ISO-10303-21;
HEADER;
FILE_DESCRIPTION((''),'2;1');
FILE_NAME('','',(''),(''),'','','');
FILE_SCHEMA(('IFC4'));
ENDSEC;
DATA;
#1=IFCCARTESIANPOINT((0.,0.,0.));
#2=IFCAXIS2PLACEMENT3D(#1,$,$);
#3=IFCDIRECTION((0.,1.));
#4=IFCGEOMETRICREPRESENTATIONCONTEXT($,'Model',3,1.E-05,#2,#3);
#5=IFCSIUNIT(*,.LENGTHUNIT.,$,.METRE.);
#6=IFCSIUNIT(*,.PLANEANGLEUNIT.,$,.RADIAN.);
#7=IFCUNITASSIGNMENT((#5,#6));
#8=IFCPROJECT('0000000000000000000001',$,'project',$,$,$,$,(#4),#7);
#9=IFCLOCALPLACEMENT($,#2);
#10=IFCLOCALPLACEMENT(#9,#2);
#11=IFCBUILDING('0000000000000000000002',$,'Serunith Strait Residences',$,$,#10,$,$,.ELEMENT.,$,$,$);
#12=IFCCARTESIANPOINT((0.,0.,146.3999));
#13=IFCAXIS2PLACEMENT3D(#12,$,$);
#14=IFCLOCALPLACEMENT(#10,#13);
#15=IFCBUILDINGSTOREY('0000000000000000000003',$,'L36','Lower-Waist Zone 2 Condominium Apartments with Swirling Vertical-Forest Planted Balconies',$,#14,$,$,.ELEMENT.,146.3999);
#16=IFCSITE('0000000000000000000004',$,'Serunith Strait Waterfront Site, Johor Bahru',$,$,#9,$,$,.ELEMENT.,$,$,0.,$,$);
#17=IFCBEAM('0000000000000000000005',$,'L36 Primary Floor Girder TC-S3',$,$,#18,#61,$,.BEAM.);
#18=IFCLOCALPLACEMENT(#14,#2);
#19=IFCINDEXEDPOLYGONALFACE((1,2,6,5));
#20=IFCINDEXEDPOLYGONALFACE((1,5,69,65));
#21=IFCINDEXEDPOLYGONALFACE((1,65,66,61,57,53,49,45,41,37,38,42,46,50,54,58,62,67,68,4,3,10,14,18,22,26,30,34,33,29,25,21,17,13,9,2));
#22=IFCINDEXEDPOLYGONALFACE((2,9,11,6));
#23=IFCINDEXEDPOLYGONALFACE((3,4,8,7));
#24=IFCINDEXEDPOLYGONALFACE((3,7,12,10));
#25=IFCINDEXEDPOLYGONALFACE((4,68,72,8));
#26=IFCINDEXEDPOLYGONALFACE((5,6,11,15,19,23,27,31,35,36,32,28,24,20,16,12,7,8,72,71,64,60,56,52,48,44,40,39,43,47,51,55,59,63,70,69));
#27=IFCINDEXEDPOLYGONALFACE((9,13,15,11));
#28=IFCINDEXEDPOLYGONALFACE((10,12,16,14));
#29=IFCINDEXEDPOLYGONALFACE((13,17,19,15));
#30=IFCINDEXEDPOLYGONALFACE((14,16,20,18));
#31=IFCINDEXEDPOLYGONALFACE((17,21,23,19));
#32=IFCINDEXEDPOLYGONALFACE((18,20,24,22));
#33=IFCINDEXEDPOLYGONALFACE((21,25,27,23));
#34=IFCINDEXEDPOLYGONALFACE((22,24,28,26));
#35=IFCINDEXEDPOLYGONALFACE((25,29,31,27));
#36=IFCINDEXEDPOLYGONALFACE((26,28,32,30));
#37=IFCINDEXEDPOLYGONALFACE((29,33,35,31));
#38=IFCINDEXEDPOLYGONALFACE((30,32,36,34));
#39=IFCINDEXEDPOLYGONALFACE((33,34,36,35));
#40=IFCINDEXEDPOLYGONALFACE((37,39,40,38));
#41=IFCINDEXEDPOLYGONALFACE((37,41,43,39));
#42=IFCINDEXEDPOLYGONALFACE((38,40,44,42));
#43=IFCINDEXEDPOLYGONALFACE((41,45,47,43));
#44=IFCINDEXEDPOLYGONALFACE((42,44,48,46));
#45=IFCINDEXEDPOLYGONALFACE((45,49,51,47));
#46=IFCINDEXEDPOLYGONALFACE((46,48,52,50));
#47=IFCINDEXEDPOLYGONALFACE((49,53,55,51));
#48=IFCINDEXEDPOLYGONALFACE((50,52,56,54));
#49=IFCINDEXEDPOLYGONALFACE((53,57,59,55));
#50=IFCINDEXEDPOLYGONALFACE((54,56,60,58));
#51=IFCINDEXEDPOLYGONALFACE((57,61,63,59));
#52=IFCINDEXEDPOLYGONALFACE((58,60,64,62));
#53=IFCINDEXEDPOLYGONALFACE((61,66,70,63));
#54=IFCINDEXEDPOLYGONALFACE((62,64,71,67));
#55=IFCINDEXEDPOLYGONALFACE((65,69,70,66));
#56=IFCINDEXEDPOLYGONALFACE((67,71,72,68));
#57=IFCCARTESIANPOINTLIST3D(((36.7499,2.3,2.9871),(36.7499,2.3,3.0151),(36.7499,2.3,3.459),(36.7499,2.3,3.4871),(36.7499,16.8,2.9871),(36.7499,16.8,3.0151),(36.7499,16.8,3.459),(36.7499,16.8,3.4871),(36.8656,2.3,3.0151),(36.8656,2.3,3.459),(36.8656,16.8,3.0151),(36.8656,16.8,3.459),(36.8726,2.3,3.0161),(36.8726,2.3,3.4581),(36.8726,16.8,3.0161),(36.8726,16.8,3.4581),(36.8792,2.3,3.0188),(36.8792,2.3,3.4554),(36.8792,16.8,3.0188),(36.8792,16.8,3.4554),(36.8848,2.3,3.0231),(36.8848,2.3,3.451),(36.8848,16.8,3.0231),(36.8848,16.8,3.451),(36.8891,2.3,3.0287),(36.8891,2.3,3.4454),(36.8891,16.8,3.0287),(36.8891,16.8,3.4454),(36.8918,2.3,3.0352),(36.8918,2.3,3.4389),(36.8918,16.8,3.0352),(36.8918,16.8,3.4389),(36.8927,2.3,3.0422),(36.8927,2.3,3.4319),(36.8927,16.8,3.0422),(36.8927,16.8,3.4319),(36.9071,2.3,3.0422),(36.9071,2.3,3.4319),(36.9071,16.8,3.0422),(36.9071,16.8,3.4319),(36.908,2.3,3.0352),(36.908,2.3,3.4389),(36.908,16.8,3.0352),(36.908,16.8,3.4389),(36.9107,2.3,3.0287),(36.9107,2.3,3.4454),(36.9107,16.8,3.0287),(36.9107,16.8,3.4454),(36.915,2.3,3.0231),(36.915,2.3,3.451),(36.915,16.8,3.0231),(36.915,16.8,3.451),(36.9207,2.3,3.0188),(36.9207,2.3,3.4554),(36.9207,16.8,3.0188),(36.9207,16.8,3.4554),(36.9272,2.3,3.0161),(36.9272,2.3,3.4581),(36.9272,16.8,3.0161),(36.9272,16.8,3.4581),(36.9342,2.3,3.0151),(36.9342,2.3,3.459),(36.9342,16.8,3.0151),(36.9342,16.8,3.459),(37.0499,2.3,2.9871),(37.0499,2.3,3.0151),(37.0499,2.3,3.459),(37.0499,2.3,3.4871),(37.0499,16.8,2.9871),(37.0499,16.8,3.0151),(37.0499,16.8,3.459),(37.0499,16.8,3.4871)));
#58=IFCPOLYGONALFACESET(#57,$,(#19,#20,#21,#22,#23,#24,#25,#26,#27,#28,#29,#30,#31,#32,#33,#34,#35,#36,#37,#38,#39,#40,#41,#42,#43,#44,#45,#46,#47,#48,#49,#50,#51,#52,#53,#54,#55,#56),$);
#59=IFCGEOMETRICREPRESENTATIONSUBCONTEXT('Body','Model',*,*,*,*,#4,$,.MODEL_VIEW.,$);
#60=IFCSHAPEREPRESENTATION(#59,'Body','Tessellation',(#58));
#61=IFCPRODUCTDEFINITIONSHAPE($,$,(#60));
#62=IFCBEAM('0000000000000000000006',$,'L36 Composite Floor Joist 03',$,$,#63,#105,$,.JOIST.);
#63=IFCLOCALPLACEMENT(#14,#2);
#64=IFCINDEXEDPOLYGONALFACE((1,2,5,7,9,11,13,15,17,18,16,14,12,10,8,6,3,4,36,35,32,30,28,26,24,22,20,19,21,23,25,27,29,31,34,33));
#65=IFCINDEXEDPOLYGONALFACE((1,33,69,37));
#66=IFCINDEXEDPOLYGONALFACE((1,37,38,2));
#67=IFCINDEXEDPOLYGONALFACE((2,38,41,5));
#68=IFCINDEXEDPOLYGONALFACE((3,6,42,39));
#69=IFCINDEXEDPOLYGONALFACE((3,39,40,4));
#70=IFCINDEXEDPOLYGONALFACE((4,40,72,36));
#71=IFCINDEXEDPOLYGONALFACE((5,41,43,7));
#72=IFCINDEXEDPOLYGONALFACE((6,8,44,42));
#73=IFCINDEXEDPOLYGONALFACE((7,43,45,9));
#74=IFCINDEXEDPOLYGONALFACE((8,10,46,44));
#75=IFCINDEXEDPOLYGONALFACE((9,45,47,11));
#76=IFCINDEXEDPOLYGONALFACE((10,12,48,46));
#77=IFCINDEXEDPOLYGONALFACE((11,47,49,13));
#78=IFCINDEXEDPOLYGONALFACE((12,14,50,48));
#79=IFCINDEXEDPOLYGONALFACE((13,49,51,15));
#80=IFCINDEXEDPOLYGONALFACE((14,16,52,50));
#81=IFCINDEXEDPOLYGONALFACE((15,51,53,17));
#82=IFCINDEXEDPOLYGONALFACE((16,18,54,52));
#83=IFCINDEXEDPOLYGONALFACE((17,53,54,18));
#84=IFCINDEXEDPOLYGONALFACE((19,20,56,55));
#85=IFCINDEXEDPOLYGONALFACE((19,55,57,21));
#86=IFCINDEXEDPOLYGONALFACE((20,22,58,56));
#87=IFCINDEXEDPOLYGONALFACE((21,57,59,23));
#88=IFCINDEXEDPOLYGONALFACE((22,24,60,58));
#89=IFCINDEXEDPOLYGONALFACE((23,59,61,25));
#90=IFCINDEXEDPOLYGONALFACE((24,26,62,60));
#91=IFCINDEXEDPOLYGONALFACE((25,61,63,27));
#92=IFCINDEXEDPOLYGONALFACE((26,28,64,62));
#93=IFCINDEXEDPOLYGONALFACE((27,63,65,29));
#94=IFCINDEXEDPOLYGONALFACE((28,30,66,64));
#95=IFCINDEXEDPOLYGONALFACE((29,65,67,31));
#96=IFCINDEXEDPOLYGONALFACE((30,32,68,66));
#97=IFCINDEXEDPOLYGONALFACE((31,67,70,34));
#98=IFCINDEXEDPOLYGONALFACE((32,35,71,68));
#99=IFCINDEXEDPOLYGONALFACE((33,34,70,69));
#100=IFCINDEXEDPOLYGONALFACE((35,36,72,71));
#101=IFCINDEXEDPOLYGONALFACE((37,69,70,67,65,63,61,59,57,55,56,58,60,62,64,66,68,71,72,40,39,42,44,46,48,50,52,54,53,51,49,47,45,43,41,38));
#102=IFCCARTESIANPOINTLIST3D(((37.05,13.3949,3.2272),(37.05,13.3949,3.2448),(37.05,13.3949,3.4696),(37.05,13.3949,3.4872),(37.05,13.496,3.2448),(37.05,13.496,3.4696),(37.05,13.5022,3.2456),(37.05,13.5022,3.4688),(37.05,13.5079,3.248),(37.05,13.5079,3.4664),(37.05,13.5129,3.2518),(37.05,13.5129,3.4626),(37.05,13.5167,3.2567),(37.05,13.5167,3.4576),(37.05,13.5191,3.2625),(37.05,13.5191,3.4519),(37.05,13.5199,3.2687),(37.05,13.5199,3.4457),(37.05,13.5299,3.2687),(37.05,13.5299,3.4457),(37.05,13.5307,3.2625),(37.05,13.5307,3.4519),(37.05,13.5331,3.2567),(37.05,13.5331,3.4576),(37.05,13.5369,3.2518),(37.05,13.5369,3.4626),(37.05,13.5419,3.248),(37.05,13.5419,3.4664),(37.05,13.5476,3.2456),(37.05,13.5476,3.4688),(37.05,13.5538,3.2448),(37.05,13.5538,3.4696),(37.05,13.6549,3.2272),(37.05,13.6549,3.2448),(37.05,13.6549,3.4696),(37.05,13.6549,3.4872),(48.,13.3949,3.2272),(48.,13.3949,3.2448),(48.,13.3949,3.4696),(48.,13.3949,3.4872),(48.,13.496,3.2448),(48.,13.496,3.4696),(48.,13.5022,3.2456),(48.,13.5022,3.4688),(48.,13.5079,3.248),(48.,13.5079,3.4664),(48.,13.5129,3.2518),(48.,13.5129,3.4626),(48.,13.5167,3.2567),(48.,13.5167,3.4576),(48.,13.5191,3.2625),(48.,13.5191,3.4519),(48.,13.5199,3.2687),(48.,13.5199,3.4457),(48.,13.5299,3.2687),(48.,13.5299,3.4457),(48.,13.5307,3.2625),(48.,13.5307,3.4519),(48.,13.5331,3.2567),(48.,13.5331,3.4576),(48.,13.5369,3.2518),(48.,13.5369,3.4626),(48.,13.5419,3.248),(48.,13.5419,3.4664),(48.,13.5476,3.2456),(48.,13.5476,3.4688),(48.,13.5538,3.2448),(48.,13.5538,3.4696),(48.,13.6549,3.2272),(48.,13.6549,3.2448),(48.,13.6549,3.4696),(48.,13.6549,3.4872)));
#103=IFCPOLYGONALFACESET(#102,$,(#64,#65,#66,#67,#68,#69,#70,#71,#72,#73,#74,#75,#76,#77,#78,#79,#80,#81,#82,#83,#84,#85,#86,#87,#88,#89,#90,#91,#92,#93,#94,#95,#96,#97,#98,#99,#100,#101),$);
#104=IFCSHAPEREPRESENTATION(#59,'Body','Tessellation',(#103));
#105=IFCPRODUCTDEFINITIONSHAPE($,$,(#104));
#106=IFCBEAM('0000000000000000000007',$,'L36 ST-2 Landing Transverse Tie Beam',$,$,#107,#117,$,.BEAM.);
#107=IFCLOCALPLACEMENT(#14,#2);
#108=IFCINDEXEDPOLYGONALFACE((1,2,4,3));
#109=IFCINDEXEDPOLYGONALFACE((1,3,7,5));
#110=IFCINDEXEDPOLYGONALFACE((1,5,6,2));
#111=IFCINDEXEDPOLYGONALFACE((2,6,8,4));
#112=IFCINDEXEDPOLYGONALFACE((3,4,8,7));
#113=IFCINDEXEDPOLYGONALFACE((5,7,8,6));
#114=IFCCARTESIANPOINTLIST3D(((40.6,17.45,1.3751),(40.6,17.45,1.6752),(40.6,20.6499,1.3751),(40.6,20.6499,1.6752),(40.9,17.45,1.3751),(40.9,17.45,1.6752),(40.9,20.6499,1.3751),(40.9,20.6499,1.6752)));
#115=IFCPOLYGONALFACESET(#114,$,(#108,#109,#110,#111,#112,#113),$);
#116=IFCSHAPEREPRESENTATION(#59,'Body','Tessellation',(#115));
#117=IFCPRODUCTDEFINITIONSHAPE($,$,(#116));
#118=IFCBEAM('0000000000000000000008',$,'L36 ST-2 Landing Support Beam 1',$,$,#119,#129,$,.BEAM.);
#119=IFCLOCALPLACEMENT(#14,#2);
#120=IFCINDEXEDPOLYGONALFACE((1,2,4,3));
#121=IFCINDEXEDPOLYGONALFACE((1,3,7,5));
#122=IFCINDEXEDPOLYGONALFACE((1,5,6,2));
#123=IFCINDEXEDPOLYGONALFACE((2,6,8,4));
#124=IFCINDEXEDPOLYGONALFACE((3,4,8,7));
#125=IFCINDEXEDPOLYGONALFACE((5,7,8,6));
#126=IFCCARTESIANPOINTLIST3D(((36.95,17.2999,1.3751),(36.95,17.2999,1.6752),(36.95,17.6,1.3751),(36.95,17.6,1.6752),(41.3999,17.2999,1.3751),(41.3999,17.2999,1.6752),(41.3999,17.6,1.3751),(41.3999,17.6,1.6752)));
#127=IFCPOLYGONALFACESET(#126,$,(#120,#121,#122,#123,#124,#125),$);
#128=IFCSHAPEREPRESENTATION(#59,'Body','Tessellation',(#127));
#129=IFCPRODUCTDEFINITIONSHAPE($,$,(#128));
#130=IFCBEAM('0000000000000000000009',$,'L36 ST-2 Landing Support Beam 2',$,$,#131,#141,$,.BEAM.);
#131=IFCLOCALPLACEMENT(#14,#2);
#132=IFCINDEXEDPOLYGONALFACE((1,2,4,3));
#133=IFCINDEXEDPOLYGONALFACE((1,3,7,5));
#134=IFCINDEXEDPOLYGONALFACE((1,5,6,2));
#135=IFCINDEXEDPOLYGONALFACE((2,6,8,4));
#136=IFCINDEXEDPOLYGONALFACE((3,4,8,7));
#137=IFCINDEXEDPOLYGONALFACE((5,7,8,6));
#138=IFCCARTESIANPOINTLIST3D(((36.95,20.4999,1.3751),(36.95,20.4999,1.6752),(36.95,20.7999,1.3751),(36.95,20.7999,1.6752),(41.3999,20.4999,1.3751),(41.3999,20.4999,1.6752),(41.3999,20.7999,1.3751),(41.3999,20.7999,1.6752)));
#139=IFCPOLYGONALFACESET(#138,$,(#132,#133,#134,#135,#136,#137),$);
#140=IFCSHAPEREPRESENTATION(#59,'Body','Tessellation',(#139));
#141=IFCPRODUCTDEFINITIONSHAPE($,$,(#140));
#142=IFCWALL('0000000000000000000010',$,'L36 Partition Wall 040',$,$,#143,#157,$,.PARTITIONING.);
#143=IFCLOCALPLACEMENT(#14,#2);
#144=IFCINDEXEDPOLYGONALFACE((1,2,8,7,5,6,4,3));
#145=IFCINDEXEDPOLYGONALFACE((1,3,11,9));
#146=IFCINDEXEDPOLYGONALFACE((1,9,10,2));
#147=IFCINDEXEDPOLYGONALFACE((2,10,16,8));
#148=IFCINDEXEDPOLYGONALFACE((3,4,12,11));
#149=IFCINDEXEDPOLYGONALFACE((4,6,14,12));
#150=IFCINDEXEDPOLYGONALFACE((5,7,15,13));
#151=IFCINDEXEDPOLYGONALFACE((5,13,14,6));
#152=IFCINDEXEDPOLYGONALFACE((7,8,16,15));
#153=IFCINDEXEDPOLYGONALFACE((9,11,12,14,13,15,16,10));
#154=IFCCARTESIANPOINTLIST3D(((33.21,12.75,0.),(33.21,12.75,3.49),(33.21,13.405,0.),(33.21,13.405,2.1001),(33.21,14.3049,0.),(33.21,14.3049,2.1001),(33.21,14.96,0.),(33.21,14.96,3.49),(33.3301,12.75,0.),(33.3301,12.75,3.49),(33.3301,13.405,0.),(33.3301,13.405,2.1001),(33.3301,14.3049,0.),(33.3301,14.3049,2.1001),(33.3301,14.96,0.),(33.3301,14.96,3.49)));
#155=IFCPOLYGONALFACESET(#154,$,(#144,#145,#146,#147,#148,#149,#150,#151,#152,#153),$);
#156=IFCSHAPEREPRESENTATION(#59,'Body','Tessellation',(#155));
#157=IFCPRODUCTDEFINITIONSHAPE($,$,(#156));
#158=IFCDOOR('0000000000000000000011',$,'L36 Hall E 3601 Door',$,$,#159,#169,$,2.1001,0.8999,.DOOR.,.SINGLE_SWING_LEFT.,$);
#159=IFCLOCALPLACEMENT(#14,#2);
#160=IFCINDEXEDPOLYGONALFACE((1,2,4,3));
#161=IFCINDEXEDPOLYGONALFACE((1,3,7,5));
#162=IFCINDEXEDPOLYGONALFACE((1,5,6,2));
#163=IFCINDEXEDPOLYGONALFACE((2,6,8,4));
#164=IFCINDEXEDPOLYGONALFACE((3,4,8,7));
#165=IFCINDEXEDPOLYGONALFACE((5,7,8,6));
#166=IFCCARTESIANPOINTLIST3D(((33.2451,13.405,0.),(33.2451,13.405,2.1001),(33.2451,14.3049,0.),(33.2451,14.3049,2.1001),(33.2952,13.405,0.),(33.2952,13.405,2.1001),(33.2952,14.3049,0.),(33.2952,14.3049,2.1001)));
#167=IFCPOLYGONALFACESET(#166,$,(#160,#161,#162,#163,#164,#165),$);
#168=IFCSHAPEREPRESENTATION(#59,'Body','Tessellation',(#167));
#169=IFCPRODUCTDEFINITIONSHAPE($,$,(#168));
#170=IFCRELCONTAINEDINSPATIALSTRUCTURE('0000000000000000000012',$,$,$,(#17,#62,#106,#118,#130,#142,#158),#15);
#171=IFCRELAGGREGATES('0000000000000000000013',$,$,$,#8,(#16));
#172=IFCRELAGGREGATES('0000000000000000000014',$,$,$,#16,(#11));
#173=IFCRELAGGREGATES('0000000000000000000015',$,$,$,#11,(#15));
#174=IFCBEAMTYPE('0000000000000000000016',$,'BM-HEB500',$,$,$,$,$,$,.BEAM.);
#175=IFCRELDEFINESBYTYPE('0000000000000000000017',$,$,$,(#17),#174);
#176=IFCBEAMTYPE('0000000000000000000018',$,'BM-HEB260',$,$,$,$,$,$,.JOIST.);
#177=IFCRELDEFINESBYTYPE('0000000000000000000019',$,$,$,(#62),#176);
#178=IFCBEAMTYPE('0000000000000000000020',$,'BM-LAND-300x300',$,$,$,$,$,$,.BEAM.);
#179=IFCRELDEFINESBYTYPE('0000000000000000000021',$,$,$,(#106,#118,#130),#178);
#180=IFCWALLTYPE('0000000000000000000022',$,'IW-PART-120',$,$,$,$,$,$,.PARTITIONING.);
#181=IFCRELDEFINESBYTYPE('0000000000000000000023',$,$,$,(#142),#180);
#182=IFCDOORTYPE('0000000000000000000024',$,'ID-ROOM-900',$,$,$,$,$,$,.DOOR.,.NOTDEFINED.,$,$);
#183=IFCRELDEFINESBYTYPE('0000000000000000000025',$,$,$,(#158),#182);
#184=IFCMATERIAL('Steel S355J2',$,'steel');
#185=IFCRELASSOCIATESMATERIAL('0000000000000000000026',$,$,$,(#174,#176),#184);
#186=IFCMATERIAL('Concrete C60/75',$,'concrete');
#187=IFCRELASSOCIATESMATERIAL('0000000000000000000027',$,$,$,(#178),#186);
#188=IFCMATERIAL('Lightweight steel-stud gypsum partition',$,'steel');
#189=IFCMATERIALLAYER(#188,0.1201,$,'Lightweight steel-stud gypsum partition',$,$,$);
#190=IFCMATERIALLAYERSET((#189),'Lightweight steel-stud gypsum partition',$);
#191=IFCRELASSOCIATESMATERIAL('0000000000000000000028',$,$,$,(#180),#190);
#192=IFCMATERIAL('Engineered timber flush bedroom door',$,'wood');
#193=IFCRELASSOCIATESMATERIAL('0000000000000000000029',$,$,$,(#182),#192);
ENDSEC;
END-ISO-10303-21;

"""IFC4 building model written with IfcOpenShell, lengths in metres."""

from ifc_helpers import new_model, si_unit, direction, frame, frame_2d, origin, origin_2d, place, context, subcontext, project, spatial, rectangle, i_section, extrude, source, transform, mapped, material, layer, layer_set, material_profile, profile_set, type_object, element, fill, save


model = new_model("IFC4")

# Units and contexts
model_context = context("Model", 3, precision=1e-05, world=origin(), true_north=direction((0.0, 1.0)))
body_context = subcontext(model_context, "Body", "Model", "MODEL_VIEW")
ifc_project = project(units=[si_unit("LENGTHUNIT", "METRE"), si_unit("PLANEANGLEUNIT", "RADIAN")], contexts=[model_context])

# Site, building, storey
site_placement = place(None, origin())
site = spatial("IfcSite", under=ifc_project, at=site_placement, Name="Serunith Strait Waterfront Site, Johor Bahru", CompositionType="ELEMENT", RefElevation=0.0)
building_placement = place(site_placement, origin())
building = spatial("IfcBuilding", under=site, at=building_placement, Name="Serunith Strait Residences", CompositionType="ELEMENT")
storey_placement = place(building_placement, frame((0.0, 0.0, 146.3999)))
storey = spatial("IfcBuildingStorey", under=building, at=storey_placement, Name="L36", Description="Lower-Waist Zone 2 Condominium Apartments with Swirling Vertical-Forest Planted Balconies", CompositionType="ELEMENT", Elevation=146.3999)

# Beams
ifc_material_1 = material(Name="Steel S355J2", Category="steel")
ifc_material_profile_1 = material_profile(ifc_material_1, i_section(OverallWidth=0.3, OverallDepth=0.5, WebThickness=0.0144, FlangeThickness=0.0281, FilletRadius=0.0271, at=origin_2d()), Name="HEB 500")
ifc_profile_set_1 = profile_set([ifc_material_profile_1], Name="Steel S355J2")
beam_type_1 = type_object("IfcBeamType", Name="BM-HEB500", PredefinedType="BEAM", material=ifc_profile_set_1)
shared_shape_1 = source(origin(), body_context, "Body", "SweptSolid", [
    extrude(i_section(OverallWidth=0.3, OverallDepth=0.5, WebThickness=0.0144, FlangeThickness=0.0281, FilletRadius=0.0271, at=origin_2d()), origin(), (0.0, 0.0, 1.0), 14.5),
])
beam_1_placement = place(storey_placement, frame((36.8999, 16.8, 3.2371), z_axis=(0.0, -1.0, 0.0), x_axis=(1.0, 0.0, 0.0)))
element("IfcBeam", 1, at=beam_1_placement, inside=storey, type_object=beam_type_1, Name="L36 Primary Floor Girder TC-S3", PredefinedType="BEAM", context=body_context, shape_type="MappedRepresentation", body=[
    mapped(shared_shape_1, transform((0.0, 0.0, 0.0), scale=1.0)),
])
ifc_material_profile_2 = material_profile(ifc_material_1, i_section(OverallWidth=0.26, OverallDepth=0.26, WebThickness=0.01, FlangeThickness=0.0176, FilletRadius=0.0239, at=origin_2d()), Name="HEB 260")
ifc_profile_set_2 = profile_set([ifc_material_profile_2], Name="Steel S355J2")
beam_type_2 = type_object("IfcBeamType", Name="BM-HEB260", PredefinedType="JOIST", material=ifc_profile_set_2)
shared_shape_2 = source(origin(), body_context, "Body", "SweptSolid", [
    extrude(i_section(OverallWidth=0.26, OverallDepth=0.26, WebThickness=0.01, FlangeThickness=0.0176, FilletRadius=0.0239, at=origin_2d()), origin(), (0.0, 0.0, 1.0), 10.95),
])
beam_2_placement = place(storey_placement, frame((37.05, 13.5249, 3.3572), z_axis=(1.0, 0.0, 0.0), x_axis=(0.0, 1.0, 0.0)))
element("IfcBeam", 2, at=beam_2_placement, inside=storey, type_object=beam_type_2, Name="L36 Composite Floor Joist 03", PredefinedType="JOIST", context=body_context, shape_type="MappedRepresentation", body=[
    mapped(shared_shape_2, transform((0.0, 0.0, 0.0), scale=1.0)),
])
ifc_material_2 = material(Name="Concrete C60/75", Category="concrete")
ifc_material_profile_3 = material_profile(ifc_material_2, rectangle(XDim=0.3, YDim=0.3, at=origin_2d()), Name="RC 300x300")
ifc_profile_set_3 = profile_set([ifc_material_profile_3], Name="Concrete C60/75")
beam_type_3 = type_object("IfcBeamType", Name="BM-LAND-300x300", PredefinedType="BEAM", material=ifc_profile_set_3)
shared_shape_3 = source(origin(), body_context, "Body", "SweptSolid", [
    extrude(rectangle(XDim=0.3, YDim=0.3, at=origin_2d()), origin(), (0.0, 0.0, 1.0), 3.2),
])
beam_3_placement = place(storey_placement, frame((40.75, 17.45, 1.5251), z_axis=(0.0, 1.0, 0.0), x_axis=(-1.0, 0.0, 0.0)))
element("IfcBeam", 3, at=beam_3_placement, inside=storey, type_object=beam_type_3, Name="L36 ST-2 Landing Transverse Tie Beam", PredefinedType="BEAM", context=body_context, shape_type="MappedRepresentation", body=[
    mapped(shared_shape_3, transform((0.0, 0.0, 0.0), scale=1.0)),
])
shared_shape_4 = source(origin(), body_context, "Body", "SweptSolid", [
    extrude(rectangle(XDim=0.3, YDim=0.3, at=origin_2d()), origin(), (0.0, 0.0, 1.0), 4.45),
])
for number, where, z_axis, x_axis, name in (
    (4, (36.95, 17.45, 1.5251), (1.0, 0.0, 0.0), (0.0, 1.0, 0.0), "L36 ST-2 Landing Support Beam 1"),
    (5, (36.95, 20.6499, 1.5251), (1.0, 0.0, 0.0), (0.0, 1.0, 0.0), "L36 ST-2 Landing Support Beam 2"),
):
    element("IfcBeam", number, at=place(storey_placement, frame(where, z_axis=z_axis, x_axis=x_axis)), inside=storey, type_object=beam_type_3, Name=name, PredefinedType="BEAM", context=body_context, shape_type="MappedRepresentation", body=[
        mapped(shared_shape_4, transform((0.0, 0.0, 0.0), scale=1.0)),
    ])

# Wall, opening, door
ifc_material_3 = material(Name="Lightweight steel-stud gypsum partition", Category="steel")
ifc_layer_1 = layer(ifc_material_3, 0.1201, Name="Lightweight steel-stud gypsum partition")
ifc_layer_set_1 = layer_set([ifc_layer_1], Name="Lightweight steel-stud gypsum partition")
wall_type_1 = type_object("IfcWallType", Name="IW-PART-120", PredefinedType="PARTITIONING", material=ifc_layer_set_1)
wall_1_placement = place(storey_placement, frame((33.27, 12.75, 0.0), z_axis=(0.0, 0.0, 1.0), x_axis=(0.0, 1.0, 0.0)))
wall_1 = element("IfcWall", 6, at=wall_1_placement, inside=storey, type_object=wall_type_1, Name="L36 Partition Wall 040", PredefinedType="PARTITIONING", context=body_context, shape_type="SweptSolid", body=[
    extrude(rectangle(XDim=2.21, YDim=0.1201, at=frame_2d((1.105, 0.0))), origin(), (0.0, 0.0, 1.0), 3.49),
])
opening_1_placement = place(wall_1_placement, frame((0.655, 0.0, 0.0)))
opening_1 = element("IfcOpeningElement", 7, at=opening_1_placement, cuts=wall_1, PredefinedType="OPENING", context=body_context, shape_type="SweptSolid", body=[
    extrude(rectangle(XDim=0.8999, YDim=2.1001, at=frame_2d((0.45, 1.05))), frame((0.0, 0.0701, 0.0), z_axis=(0.0, -1.0, 0.0), x_axis=(1.0, 0.0, 0.0)), (0.0, 0.0, 1.0), 0.1401),
])
ifc_material_4 = material(Name="Engineered timber flush bedroom door", Category="wood")
door_type_1 = type_object("IfcDoorType", Name="ID-ROOM-900", OperationType="NOTDEFINED", PredefinedType="DOOR", material=ifc_material_4)
shared_shape_5 = source(origin(), body_context, "Body", "SweptSolid", [
    extrude(rectangle(XDim=0.8999, YDim=2.1001, at=frame_2d((0.45, 1.05))), frame((0.0, 0.0249, 0.0), z_axis=(0.0, -1.0, 0.0), x_axis=(1.0, 0.0, 0.0)), (0.0, 0.0, 1.0), 0.05),
])
door_1_placement = place(opening_1_placement, origin())
door_1 = element("IfcDoor", 8, at=door_1_placement, inside=storey, type_object=door_type_1, Name="L36 Hall E 3601 Door", OperationType="SINGLE_SWING_LEFT", OverallHeight=2.1001, OverallWidth=0.8999, PredefinedType="DOOR", context=body_context, shape_type="MappedRepresentation", body=[
    mapped(shared_shape_5, transform((0.0, 0.0, 0.0), scale=1.0)),
])
fill(opening_1, door_1)

save(model, "model.ifc")
